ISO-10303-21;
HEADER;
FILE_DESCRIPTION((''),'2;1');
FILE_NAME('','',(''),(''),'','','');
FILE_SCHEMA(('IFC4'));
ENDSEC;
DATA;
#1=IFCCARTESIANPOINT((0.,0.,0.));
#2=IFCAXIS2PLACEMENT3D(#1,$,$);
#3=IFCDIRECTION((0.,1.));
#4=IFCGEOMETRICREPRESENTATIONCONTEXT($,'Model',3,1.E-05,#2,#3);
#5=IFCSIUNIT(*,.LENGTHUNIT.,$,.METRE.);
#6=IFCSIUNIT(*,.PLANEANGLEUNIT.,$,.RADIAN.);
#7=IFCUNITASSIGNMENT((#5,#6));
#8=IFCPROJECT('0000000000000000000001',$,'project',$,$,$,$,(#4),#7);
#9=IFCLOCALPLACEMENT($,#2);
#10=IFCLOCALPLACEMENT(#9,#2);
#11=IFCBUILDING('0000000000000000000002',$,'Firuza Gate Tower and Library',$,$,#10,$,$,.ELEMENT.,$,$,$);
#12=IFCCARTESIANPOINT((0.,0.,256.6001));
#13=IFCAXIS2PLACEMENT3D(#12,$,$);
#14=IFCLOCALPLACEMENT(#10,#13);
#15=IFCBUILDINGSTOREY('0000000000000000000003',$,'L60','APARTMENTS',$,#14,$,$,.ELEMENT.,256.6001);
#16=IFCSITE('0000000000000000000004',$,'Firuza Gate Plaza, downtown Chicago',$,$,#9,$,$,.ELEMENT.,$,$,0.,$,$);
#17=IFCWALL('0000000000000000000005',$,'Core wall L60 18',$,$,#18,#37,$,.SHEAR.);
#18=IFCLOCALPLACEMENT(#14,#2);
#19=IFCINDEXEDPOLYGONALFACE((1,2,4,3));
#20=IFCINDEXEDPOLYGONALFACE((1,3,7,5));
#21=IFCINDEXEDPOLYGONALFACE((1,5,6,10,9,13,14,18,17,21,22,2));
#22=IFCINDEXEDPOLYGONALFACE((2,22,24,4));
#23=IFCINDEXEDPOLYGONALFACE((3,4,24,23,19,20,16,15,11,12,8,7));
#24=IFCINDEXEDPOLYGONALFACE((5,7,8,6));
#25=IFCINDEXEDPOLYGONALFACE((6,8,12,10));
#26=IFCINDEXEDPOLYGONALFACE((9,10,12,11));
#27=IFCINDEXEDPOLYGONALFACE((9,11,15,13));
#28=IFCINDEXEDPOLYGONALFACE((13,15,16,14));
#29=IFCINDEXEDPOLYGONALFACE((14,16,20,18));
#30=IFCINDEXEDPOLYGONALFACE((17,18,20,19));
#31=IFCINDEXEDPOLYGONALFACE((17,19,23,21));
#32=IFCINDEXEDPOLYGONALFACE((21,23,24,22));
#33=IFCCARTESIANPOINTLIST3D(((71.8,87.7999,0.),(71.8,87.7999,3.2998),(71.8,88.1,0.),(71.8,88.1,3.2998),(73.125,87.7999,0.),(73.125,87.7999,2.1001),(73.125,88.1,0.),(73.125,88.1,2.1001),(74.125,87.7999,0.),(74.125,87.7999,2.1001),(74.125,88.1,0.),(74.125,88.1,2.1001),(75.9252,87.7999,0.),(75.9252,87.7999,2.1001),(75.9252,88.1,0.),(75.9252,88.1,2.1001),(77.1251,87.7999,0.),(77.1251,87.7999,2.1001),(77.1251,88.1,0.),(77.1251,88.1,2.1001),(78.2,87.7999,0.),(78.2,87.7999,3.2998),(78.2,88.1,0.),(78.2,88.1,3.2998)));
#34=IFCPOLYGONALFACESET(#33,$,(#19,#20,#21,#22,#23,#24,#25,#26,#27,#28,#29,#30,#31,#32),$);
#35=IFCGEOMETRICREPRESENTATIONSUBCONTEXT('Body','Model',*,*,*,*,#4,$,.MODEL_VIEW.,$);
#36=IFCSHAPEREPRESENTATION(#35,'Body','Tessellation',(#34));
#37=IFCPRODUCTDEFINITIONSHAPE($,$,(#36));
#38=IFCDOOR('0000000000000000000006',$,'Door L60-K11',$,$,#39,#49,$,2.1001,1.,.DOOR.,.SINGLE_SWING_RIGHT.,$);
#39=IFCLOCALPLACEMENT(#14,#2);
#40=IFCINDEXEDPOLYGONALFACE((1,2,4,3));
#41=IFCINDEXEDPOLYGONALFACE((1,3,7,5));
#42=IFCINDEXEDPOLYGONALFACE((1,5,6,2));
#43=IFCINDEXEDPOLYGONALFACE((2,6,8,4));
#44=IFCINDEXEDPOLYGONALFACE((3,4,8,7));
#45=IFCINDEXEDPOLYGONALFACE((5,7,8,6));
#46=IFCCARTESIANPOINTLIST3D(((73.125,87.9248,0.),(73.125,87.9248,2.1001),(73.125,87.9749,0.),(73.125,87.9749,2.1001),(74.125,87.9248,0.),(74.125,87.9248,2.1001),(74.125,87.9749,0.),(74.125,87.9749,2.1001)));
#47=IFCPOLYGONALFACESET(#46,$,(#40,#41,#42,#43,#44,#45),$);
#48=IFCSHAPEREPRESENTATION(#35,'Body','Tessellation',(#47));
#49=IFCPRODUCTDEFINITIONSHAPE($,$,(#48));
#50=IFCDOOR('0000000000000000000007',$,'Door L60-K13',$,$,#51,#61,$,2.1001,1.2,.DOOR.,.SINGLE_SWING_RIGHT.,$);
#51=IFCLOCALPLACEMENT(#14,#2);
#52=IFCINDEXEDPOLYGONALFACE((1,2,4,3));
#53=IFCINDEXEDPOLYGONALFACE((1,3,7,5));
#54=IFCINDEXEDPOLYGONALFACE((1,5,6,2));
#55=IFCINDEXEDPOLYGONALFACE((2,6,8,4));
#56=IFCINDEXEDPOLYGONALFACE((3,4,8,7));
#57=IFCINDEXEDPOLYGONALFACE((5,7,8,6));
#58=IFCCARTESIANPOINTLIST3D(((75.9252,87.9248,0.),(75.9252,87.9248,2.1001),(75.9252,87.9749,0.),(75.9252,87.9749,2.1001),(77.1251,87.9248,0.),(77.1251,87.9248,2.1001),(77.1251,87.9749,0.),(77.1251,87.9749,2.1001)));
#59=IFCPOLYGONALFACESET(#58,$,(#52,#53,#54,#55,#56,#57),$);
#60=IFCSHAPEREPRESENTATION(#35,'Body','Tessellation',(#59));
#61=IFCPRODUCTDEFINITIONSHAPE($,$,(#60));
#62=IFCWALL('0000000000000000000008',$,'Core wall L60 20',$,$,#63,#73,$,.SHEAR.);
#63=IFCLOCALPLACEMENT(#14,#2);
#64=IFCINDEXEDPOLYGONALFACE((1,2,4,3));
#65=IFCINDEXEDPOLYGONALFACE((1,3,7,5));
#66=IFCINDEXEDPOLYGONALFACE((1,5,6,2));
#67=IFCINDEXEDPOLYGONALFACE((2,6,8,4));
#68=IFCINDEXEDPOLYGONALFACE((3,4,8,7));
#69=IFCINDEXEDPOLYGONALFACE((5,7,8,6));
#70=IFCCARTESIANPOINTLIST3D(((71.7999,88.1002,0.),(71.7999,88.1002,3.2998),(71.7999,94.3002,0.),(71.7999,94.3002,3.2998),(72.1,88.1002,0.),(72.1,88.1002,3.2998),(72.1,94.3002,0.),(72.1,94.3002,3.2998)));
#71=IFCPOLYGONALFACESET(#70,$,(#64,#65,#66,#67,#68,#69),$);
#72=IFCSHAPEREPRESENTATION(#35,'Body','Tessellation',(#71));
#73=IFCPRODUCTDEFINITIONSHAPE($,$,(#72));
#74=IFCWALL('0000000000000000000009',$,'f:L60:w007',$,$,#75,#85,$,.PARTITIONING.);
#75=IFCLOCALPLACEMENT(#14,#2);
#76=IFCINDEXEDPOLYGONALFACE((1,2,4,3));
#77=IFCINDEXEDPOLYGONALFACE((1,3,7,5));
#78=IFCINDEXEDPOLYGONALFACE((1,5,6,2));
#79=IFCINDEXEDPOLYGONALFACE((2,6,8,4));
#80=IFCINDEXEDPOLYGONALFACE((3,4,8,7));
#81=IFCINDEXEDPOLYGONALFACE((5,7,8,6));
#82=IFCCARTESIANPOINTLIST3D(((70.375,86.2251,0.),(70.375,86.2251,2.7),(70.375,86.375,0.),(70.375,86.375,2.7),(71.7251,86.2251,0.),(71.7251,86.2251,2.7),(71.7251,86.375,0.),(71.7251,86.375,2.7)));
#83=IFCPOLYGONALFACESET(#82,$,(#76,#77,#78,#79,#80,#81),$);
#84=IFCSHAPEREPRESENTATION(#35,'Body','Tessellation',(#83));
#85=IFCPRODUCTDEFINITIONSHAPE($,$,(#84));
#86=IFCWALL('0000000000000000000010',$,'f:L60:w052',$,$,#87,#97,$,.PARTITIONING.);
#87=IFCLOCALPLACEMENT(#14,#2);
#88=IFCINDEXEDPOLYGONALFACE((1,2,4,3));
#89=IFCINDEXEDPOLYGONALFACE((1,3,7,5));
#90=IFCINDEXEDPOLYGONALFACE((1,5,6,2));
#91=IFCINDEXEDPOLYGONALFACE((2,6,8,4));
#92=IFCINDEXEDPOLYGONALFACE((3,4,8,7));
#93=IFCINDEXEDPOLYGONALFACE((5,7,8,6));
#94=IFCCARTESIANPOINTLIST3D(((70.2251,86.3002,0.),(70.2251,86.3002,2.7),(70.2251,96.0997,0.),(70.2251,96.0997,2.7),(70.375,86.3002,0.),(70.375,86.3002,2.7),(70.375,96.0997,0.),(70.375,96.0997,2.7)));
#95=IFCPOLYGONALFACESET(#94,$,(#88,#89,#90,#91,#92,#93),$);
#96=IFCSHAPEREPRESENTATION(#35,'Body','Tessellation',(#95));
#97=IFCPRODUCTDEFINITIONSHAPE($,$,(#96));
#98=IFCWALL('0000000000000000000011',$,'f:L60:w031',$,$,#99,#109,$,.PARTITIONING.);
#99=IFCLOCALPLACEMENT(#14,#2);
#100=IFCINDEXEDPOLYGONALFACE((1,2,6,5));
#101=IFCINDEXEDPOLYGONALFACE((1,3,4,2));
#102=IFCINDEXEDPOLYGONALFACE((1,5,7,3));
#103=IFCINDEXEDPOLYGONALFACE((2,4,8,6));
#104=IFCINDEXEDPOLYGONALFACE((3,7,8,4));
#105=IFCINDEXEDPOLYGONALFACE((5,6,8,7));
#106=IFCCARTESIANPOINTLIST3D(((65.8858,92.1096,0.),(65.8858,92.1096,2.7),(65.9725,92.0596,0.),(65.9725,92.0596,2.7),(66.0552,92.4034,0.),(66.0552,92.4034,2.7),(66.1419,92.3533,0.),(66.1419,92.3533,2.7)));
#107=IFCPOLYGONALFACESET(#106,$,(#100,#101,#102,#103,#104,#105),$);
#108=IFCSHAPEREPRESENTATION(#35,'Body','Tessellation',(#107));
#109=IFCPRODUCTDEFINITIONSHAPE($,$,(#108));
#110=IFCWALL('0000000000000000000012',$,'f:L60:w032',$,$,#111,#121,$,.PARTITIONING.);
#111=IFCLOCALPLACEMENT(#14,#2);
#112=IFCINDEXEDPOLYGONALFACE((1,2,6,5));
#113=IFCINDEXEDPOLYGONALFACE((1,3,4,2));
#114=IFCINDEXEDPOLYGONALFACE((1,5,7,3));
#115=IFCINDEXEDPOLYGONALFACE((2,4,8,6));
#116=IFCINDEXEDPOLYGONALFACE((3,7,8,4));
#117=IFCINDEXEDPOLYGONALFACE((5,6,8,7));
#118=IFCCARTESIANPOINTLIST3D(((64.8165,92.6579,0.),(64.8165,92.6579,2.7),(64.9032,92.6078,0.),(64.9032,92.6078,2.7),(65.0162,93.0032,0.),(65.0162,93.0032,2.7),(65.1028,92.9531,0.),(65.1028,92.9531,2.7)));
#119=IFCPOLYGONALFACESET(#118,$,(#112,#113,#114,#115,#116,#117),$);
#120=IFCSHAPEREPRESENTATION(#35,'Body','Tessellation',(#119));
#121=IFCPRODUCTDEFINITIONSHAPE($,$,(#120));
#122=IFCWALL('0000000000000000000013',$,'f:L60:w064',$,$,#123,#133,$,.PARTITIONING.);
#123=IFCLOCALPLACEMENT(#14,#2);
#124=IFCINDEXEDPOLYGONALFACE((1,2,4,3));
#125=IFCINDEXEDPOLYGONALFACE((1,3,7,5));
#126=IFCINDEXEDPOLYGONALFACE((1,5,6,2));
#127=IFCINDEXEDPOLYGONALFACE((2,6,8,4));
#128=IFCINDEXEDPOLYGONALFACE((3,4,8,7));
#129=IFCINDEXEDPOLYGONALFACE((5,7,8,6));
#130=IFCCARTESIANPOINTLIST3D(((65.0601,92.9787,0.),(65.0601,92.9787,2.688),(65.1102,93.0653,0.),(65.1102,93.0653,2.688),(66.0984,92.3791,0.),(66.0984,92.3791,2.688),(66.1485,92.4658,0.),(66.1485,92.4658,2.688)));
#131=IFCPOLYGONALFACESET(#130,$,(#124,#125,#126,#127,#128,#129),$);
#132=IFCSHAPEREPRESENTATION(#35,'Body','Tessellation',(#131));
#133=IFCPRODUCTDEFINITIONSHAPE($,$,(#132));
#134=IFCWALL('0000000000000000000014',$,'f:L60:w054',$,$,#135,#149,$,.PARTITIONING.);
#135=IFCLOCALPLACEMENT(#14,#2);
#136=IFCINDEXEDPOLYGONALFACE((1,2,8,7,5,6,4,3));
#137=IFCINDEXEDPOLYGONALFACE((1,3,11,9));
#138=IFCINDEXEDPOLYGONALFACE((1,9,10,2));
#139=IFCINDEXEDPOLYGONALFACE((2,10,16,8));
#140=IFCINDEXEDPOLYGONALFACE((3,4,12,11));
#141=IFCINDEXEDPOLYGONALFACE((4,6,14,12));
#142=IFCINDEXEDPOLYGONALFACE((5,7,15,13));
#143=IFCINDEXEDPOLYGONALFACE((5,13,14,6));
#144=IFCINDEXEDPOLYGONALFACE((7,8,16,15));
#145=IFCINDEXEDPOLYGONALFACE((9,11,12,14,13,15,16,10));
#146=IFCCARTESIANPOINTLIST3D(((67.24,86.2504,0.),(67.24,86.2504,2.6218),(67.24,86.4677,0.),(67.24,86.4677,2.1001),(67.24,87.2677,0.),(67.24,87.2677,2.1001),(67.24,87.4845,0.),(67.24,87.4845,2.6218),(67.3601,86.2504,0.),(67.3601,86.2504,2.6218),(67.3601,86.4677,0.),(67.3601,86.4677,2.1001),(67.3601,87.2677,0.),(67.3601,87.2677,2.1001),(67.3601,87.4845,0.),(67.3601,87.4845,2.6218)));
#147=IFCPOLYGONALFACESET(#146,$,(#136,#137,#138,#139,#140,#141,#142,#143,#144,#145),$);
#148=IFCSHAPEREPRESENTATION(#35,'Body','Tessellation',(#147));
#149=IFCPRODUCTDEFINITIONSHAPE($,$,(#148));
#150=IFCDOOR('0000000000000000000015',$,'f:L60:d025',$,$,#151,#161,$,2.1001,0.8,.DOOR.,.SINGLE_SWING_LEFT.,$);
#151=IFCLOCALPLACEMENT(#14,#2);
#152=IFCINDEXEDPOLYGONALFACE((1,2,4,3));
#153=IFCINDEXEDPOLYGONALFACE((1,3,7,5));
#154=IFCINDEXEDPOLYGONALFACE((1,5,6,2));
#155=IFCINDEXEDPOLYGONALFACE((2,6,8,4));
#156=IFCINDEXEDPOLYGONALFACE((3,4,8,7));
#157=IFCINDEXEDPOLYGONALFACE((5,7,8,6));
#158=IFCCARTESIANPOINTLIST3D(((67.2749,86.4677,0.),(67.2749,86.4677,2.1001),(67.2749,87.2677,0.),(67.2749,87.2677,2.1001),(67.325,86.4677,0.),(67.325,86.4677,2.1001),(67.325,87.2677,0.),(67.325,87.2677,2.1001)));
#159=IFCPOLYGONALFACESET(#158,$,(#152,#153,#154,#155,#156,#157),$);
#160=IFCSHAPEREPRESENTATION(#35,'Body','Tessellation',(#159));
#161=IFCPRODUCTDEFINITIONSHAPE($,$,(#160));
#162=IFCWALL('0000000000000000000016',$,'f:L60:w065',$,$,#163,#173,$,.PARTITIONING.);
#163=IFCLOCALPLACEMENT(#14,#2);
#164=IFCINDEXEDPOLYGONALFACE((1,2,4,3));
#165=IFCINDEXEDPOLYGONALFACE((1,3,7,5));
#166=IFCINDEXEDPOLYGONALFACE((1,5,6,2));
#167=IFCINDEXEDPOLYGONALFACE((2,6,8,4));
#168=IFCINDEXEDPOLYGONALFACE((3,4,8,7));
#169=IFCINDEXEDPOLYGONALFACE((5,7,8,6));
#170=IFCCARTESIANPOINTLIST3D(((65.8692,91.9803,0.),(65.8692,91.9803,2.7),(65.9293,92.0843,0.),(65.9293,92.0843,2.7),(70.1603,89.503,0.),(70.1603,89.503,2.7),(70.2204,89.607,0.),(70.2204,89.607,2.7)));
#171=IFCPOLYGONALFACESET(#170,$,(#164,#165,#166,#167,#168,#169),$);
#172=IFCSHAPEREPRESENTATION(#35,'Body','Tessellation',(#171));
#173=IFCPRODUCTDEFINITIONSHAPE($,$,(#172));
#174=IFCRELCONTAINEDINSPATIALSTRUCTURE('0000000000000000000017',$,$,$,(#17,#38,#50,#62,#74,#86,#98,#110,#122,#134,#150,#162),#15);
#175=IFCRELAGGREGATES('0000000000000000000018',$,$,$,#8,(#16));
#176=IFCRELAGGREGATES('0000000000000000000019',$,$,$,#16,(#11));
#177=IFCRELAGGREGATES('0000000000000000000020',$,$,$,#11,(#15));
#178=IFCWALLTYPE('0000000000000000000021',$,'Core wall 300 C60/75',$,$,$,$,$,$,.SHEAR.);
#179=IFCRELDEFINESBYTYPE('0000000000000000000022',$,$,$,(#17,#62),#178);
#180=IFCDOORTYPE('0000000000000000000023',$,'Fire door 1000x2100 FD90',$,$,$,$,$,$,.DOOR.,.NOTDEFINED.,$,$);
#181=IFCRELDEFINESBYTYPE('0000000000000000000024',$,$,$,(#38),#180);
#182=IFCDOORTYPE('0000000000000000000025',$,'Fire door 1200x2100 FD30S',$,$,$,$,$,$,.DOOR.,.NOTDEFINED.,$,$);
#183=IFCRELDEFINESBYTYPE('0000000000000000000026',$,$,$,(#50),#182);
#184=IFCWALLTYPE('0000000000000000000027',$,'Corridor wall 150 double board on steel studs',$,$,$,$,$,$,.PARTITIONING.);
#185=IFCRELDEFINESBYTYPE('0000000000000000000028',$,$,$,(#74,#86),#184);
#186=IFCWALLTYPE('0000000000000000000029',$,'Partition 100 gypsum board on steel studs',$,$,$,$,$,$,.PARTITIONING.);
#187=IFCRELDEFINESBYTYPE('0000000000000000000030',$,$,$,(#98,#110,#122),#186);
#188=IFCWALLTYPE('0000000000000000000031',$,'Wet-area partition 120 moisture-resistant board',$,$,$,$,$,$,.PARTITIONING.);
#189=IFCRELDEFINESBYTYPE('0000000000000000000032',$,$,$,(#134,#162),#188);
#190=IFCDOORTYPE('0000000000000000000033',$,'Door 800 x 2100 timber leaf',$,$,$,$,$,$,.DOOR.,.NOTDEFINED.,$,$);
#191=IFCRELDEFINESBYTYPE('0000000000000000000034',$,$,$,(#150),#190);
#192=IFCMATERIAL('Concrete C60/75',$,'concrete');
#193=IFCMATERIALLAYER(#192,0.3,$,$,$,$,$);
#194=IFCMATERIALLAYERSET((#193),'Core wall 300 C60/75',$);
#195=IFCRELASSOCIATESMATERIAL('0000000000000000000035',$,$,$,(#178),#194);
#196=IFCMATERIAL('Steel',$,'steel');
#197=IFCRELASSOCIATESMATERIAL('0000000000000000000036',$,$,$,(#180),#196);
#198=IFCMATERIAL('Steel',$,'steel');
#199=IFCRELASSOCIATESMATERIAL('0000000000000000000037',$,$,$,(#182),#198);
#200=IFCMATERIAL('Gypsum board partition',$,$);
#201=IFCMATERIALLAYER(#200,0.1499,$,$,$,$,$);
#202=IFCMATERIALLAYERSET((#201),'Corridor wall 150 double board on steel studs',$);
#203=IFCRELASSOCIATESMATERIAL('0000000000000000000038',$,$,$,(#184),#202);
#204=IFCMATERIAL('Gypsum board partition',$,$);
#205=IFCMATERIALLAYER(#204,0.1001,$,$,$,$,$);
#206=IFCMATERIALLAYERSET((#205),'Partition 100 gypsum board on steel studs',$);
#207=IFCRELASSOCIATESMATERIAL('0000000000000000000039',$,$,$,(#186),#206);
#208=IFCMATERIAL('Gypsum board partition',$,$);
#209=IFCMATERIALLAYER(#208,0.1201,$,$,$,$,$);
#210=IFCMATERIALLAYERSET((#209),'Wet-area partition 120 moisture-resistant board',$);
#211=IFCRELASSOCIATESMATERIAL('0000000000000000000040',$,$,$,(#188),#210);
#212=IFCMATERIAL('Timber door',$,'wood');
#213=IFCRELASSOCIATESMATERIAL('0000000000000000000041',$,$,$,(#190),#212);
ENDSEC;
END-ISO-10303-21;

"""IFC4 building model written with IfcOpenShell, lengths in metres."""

from ifc_helpers import new_model, si_unit, direction, frame, frame_2d, origin, place, context, subcontext, project, spatial, rectangle, extrude, material, layer, layer_set, type_object, element, fill, save


model = new_model("IFC4")

# Units and contexts
model_context = context("Model", 3, precision=1e-05, world=origin(), true_north=direction((0.0, 1.0)))
body_context = subcontext(model_context, "Body", "Model", "MODEL_VIEW")
ifc_project = project(units=[si_unit("LENGTHUNIT", "METRE"), si_unit("PLANEANGLEUNIT", "RADIAN")], contexts=[model_context])

# Site, building, storey
site_placement = place(None, origin())
site = spatial("IfcSite", under=ifc_project, at=site_placement, Name="Firuza Gate Plaza, downtown Chicago", CompositionType="ELEMENT", RefElevation=0.0)
building_placement = place(site_placement, origin())
building = spatial("IfcBuilding", under=site, at=building_placement, Name="Firuza Gate Tower and Library", CompositionType="ELEMENT")
storey_placement = place(building_placement, frame((0.0, 0.0, 256.6001)))
storey = spatial("IfcBuildingStorey", under=building, at=storey_placement, Name="L60", Description="APARTMENTS", CompositionType="ELEMENT", Elevation=256.6001)

# Wall, openings, doors
ifc_material_1 = material(Name="Concrete C60/75", Category="concrete")
ifc_layer_1 = layer(ifc_material_1, 0.3)
ifc_layer_set_1 = layer_set([ifc_layer_1], Name="Core wall 300 C60/75")
wall_type_1 = type_object("IfcWallType", Name="Core wall 300 C60/75", PredefinedType="SHEAR", material=ifc_layer_set_1)
wall_1_placement = place(storey_placement, frame((71.8, 87.95, 0.0), z_axis=(0.0, 0.0, 1.0), x_axis=(1.0, 0.0, 0.0)))
wall_1 = element("IfcWall", 1, at=wall_1_placement, inside=storey, type_object=wall_type_1, Name="Core wall L60 18", PredefinedType="SHEAR", context=body_context, shape_type="SweptSolid", body=[
    extrude(rectangle(XDim=6.3999, YDim=0.3, at=frame_2d((3.2, 0.0))), origin(), (0.0, 0.0, 1.0), 3.2998),
])
opening_1_placement = place(wall_1_placement, frame((1.325, 0.0, 0.0)))
opening_1 = element("IfcOpeningElement", 2, at=opening_1_placement, cuts=wall_1, PredefinedType="OPENING", context=body_context, shape_type="SweptSolid", body=[
    extrude(rectangle(XDim=1.0, YDim=2.1001, at=frame_2d((0.5, 1.05))), frame((0.0, 0.1602, 0.0), z_axis=(0.0, -1.0, 0.0), x_axis=(1.0, 0.0, 0.0)), (0.0, 0.0, 1.0), 0.3201),
])
opening_2_placement = place(wall_1_placement, frame((4.125, 0.0, 0.0)))
opening_2 = element("IfcOpeningElement", 3, at=opening_2_placement, cuts=wall_1, PredefinedType="OPENING", context=body_context, shape_type="SweptSolid", body=[
    extrude(rectangle(XDim=1.2, YDim=2.1001, at=frame_2d((0.6001, 1.05))), frame((0.0, 0.1602, 0.0), z_axis=(0.0, -1.0, 0.0), x_axis=(1.0, 0.0, 0.0)), (0.0, 0.0, 1.0), 0.3201),
])
ifc_material_2 = material(Name="Steel", Category="steel")
door_type_1 = type_object("IfcDoorType", Name="Fire door 1000x2100 FD90", OperationType="NOTDEFINED", PredefinedType="DOOR", material=ifc_material_2)
door_1_placement = place(opening_1_placement, origin())
door_1 = element("IfcDoor", 4, at=door_1_placement, inside=storey, type_object=door_type_1, Name="Door L60-K11", OperationType="SINGLE_SWING_RIGHT", OverallHeight=2.1001, OverallWidth=1.0, PredefinedType="DOOR", context=body_context, shape_type="SweptSolid", body=[
    extrude(rectangle(XDim=1.0, YDim=2.1001, at=frame_2d((0.5, 1.05))), frame((0.0, 0.0249, 0.0), z_axis=(0.0, -1.0, 0.0), x_axis=(1.0, 0.0, 0.0)), (0.0, 0.0, 1.0), 0.05),
])
fill(opening_1, door_1)
ifc_material_3 = material(Name="Steel", Category="steel")
door_type_2 = type_object("IfcDoorType", Name="Fire door 1200x2100 FD30S", OperationType="NOTDEFINED", PredefinedType="DOOR", material=ifc_material_3)
door_2_placement = place(opening_2_placement, origin())
door_2 = element("IfcDoor", 5, at=door_2_placement, inside=storey, type_object=door_type_2, Name="Door L60-K13", OperationType="SINGLE_SWING_RIGHT", OverallHeight=2.1001, OverallWidth=1.2, PredefinedType="DOOR", context=body_context, shape_type="SweptSolid", body=[
    extrude(rectangle(XDim=1.2, YDim=2.1001, at=frame_2d((0.6001, 1.05))), frame((0.0, 0.0249, 0.0), z_axis=(0.0, -1.0, 0.0), x_axis=(1.0, 0.0, 0.0)), (0.0, 0.0, 1.0), 0.05),
])
fill(opening_2, door_2)

# Walls
wall_2_placement = place(storey_placement, frame((71.95, 88.1001, 0.0), z_axis=(0.0, 0.0, 1.0), x_axis=(0.0, 1.0, 0.0)))
element("IfcWall", 6, at=wall_2_placement, inside=storey, type_object=wall_type_1, Name="Core wall L60 20", PredefinedType="SHEAR", context=body_context, shape_type="SweptSolid", body=[
    extrude(rectangle(XDim=6.2, YDim=0.3, at=frame_2d((3.1001, 0.0))), origin(), (0.0, 0.0, 1.0), 3.2998),
])
ifc_material_4 = material(Name="Gypsum board partition")
ifc_layer_2 = layer(ifc_material_4, 0.1499)
ifc_layer_set_2 = layer_set([ifc_layer_2], Name="Corridor wall 150 double board on steel studs")
wall_type_2 = type_object("IfcWallType", Name="Corridor wall 150 double board on steel studs", PredefinedType="PARTITIONING", material=ifc_layer_set_2)
wall_3_placement = place(storey_placement, frame((70.375, 86.3, 0.0), z_axis=(0.0, 0.0, 1.0), x_axis=(1.0, 0.0, 0.0)))
element("IfcWall", 7, at=wall_3_placement, inside=storey, type_object=wall_type_2, Name="f:L60:w007", PredefinedType="PARTITIONING", context=body_context, shape_type="SweptSolid", body=[
    extrude(rectangle(XDim=1.3501, YDim=0.1499, at=frame_2d((0.675, 0.0))), origin(), (0.0, 0.0, 1.0), 2.7),
])
wall_4_placement = place(storey_placement, frame((70.3, 86.3, 0.0), z_axis=(0.0, 0.0, 1.0), x_axis=(0.0, 1.0, 0.0)))
element("IfcWall", 8, at=wall_4_placement, inside=storey, type_object=wall_type_2, Name="f:L60:w052", PredefinedType="PARTITIONING", context=body_context, shape_type="SweptSolid", body=[
    extrude(rectangle(XDim=9.7996, YDim=0.1499, at=frame_2d((4.8999, 0.0))), origin(), (0.0, 0.0, 1.0), 2.7),
])
ifc_material_5 = material(Name="Gypsum board partition")
ifc_layer_3 = layer(ifc_material_5, 0.1001)
ifc_layer_set_3 = layer_set([ifc_layer_3], Name="Partition 100 gypsum board on steel studs")
wall_type_3 = type_object("IfcWallType", Name="Partition 100 gypsum board on steel studs", PredefinedType="PARTITIONING", material=ifc_layer_set_3)
wall_5_placement = place(storey_placement, frame((65.9292, 92.0847, 0.0), z_axis=(0.0, 0.0, 1.0), x_axis=(0.499702, 0.866198, 0.0)))
element("IfcWall", 9, at=wall_5_placement, inside=storey, type_object=wall_type_3, Name="f:L60:w031", PredefinedType="PARTITIONING", context=body_context, shape_type="SweptSolid", body=[
    extrude(rectangle(XDim=0.3391, YDim=0.1001, at=frame_2d((0.1694, 0.0))), origin(), (0.0, 0.0, 1.0), 2.7),
])
wall_6_placement = place(storey_placement, frame((64.8599, 92.6328, 0.0), z_axis=(0.0, 0.0, 1.0), x_axis=(0.500481, 0.865747, 0.0)))
element("IfcWall", 10, at=wall_6_placement, inside=storey, type_object=wall_type_3, Name="f:L60:w032", PredefinedType="PARTITIONING", context=body_context, shape_type="SweptSolid", body=[
    extrude(rectangle(XDim=0.3989, YDim=0.1001, at=frame_2d((0.1995, 0.0))), origin(), (0.0, 0.0, 1.0), 2.7),
])
wall_7_placement = place(storey_placement, frame((66.1235, 92.4224, 0.0), z_axis=(0.0, 0.0, 1.0), x_axis=(-0.865979, 0.500081, 0.0)))
element("IfcWall", 11, at=wall_7_placement, inside=storey, type_object=wall_type_3, Name="f:L60:w064", PredefinedType="PARTITIONING", context=body_context, shape_type="SweptSolid", body=[
    extrude(rectangle(XDim=1.199, YDim=0.1001, at=frame_2d((0.5996, 0.0))), origin(), (0.0, 0.0, 1.0), 2.688),
])

# Wall, opening, door
ifc_material_6 = material(Name="Gypsum board partition")
ifc_layer_4 = layer(ifc_material_6, 0.1201)
ifc_layer_set_4 = layer_set([ifc_layer_4], Name="Wet-area partition 120 moisture-resistant board")
wall_type_4 = type_object("IfcWallType", Name="Wet-area partition 120 moisture-resistant board", PredefinedType="PARTITIONING", material=ifc_layer_set_4)
wall_8_placement = place(storey_placement, frame((67.3, 87.4846, 0.0), z_axis=(0.0, 0.0, 1.0), x_axis=(0.0, -1.0, 0.0)))
wall_8 = element("IfcWall", 12, at=wall_8_placement, inside=storey, type_object=wall_type_4, Name="f:L60:w054", PredefinedType="PARTITIONING", context=body_context, shape_type="SweptSolid", body=[
    extrude(rectangle(XDim=1.2341, YDim=0.1201, at=frame_2d((0.6172, 0.0))), origin(), (0.0, 0.0, 1.0), 2.6218),
])
opening_3_placement = place(wall_8_placement, frame((0.217, 0.0, 0.0)))
opening_3 = element("IfcOpeningElement", 13, at=opening_3_placement, cuts=wall_8, PredefinedType="OPENING", context=body_context, shape_type="SweptSolid", body=[
    extrude(rectangle(XDim=0.8, YDim=2.1001, at=frame_2d((0.3999, 1.05))), frame((0.0, 0.0701, 0.0), z_axis=(0.0, -1.0, 0.0), x_axis=(1.0, 0.0, 0.0)), (0.0, 0.0, 1.0), 0.1401),
])
ifc_material_7 = material(Name="Timber door", Category="wood")
door_type_3 = type_object("IfcDoorType", Name="Door 800 x 2100 timber leaf", OperationType="NOTDEFINED", PredefinedType="DOOR", material=ifc_material_7)
door_3_placement = place(opening_3_placement, origin())
door_3 = element("IfcDoor", 14, at=door_3_placement, inside=storey, type_object=door_type_3, Name="f:L60:d025", OperationType="SINGLE_SWING_LEFT", OverallHeight=2.1001, OverallWidth=0.8, PredefinedType="DOOR", context=body_context, shape_type="SweptSolid", body=[
    extrude(rectangle(XDim=0.8, YDim=2.1001, at=frame_2d((0.3999, 1.05))), frame((0.0, 0.0249, 0.0), z_axis=(0.0, -1.0, 0.0), x_axis=(1.0, 0.0, 0.0)), (0.0, 0.0, 1.0), 0.05),
])
fill(opening_3, door_3)

# Wall
wall_9_placement = place(storey_placement, frame((70.1904, 89.5549, 0.0), z_axis=(0.0, 0.0, 1.0), x_axis=(-0.866036, 0.499981, 0.0)))
element("IfcWall", 15, at=wall_9_placement, inside=storey, type_object=wall_type_4, Name="f:L60:w065", PredefinedType="PARTITIONING", context=body_context, shape_type="SweptSolid", body=[
    extrude(rectangle(XDim=4.9548, YDim=0.1201, at=frame_2d((2.4775, 0.0))), origin(), (0.0, 0.0, 1.0), 2.7),
])

save(model, "model.ifc")
